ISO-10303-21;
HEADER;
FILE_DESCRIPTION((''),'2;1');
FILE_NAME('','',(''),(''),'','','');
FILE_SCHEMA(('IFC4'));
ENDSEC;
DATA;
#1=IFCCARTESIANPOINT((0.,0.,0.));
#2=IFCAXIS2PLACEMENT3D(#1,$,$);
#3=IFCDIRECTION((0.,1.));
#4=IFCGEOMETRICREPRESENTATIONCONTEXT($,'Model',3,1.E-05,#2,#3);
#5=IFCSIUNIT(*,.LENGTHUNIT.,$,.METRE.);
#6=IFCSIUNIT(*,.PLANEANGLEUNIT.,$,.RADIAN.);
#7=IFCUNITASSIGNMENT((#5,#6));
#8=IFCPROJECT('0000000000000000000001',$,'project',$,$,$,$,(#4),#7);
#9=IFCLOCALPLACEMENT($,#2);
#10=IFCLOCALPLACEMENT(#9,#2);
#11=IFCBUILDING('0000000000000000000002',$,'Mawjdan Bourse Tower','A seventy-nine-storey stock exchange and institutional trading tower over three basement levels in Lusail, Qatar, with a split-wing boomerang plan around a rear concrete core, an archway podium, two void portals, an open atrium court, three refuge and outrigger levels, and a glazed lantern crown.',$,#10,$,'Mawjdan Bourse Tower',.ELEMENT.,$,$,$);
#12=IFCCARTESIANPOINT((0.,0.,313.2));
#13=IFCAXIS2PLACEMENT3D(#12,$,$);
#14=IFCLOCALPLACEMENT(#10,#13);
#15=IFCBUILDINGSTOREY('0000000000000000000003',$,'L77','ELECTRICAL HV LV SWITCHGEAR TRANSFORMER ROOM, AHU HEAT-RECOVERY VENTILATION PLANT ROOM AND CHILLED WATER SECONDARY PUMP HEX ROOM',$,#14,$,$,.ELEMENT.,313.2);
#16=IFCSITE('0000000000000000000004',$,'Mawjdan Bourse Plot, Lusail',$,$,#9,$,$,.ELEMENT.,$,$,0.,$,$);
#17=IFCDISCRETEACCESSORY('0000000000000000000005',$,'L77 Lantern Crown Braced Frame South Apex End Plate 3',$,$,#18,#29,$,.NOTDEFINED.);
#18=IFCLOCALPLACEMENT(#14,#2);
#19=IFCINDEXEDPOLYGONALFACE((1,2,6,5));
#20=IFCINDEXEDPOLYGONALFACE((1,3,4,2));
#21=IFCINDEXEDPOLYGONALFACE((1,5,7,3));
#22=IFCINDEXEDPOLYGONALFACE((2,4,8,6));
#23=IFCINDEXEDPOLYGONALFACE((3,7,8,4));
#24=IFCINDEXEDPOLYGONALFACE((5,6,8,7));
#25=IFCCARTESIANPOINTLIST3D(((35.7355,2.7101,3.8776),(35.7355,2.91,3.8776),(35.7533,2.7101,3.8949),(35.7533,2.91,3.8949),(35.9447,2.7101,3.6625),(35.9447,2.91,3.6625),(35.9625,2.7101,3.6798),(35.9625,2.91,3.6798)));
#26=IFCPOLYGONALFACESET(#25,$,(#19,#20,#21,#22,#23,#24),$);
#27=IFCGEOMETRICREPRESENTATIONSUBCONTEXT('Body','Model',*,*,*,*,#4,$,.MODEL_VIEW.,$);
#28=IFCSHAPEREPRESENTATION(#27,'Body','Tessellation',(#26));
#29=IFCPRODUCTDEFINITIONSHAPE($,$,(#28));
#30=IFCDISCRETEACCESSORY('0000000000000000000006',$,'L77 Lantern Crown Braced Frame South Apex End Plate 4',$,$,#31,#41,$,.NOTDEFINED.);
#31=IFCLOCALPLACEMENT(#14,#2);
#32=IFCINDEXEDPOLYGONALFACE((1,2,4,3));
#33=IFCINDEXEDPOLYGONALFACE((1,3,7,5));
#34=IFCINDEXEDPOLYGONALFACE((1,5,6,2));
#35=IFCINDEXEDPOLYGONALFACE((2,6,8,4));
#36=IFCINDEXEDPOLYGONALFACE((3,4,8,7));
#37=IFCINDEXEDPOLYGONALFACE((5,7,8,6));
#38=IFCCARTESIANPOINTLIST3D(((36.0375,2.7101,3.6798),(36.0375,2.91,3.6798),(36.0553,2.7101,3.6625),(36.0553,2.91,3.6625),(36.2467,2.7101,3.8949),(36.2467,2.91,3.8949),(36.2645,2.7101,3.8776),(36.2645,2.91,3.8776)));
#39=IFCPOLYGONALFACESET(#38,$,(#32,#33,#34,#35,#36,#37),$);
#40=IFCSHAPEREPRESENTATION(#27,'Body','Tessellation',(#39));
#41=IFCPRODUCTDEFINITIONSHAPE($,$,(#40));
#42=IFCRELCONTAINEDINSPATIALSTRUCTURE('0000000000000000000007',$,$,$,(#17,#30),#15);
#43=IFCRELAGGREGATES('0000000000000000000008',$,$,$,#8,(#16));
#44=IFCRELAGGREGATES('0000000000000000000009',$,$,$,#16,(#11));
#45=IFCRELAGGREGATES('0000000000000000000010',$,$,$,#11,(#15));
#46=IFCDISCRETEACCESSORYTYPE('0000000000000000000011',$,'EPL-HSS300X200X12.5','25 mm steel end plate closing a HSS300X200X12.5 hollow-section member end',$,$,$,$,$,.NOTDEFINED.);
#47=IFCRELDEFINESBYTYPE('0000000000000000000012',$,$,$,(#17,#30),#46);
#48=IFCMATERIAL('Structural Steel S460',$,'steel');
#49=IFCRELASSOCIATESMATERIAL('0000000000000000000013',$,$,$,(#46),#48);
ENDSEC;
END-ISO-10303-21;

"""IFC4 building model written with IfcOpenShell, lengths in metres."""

from ifc_helpers import new_model, si_unit, direction, frame, origin, origin_2d, place, context, subcontext, project, spatial, rectangle, extrude, material, material_profile, profile_set, type_object, element, save


model = new_model("IFC4")

# Units and contexts
model_context = context("Model", 3, precision=1e-05, world=origin(), true_north=direction((0.0, 1.0)))
body_context = subcontext(model_context, "Body", "Model", "MODEL_VIEW")
ifc_project = project(units=[si_unit("LENGTHUNIT", "METRE"), si_unit("PLANEANGLEUNIT", "RADIAN")], contexts=[model_context])

# Site, building, storey
site_placement = place(None, origin())
site = spatial("IfcSite", under=ifc_project, at=site_placement, Name="Mawjdan Bourse Plot, Lusail", CompositionType="ELEMENT", RefElevation=0.0)
building_placement = place(site_placement, origin())
building = spatial("IfcBuilding", under=site, at=building_placement, Name="Mawjdan Bourse Tower", Description="A seventy-nine-storey stock exchange and institutional trading tower over three basement levels in Lusail, Qatar, with a split-wing boomerang plan around a rear concrete core, an archway podium, two void portals, an open atrium court, three refuge and outrigger levels, and a glazed lantern crown.", LongName="Mawjdan Bourse Tower", CompositionType="ELEMENT")
storey_placement = place(building_placement, frame((0.0, 0.0, 313.2)))
storey = spatial("IfcBuildingStorey", under=building, at=storey_placement, Name="L77", Description="ELECTRICAL HV LV SWITCHGEAR TRANSFORMER ROOM, AHU HEAT-RECOVERY VENTILATION PLANT ROOM AND CHILLED WATER SECONDARY PUMP HEX ROOM", CompositionType="ELEMENT", Elevation=313.2)

# Shared definitions
ifc_material_1 = material(Name="Structural Steel S460", Category="steel")

# Discrete accessories
ifc_material_profile_1 = material_profile(ifc_material_1, rectangle(XDim=0.2, YDim=0.3, at=origin_2d()), Name="EPL-HSS300X200X12.5")
ifc_profile_set_1 = profile_set([ifc_material_profile_1], Name="Structural Steel S460")
discrete_accessory_type = type_object("IfcDiscreteAccessoryType", Name="EPL-HSS300X200X12.5", Description="25 mm steel end plate closing a HSS300X200X12.5 hollow-section member end", PredefinedType="NOTDEFINED", material=ifc_profile_set_1)
for number, where, z_axis, x_axis, name in (
    (1, (35.8401, 2.8101, 3.77), (0.716859, 0.0, 0.697219), (0.0, 1.0, 0.0), "L77 Lantern Crown Braced Frame South Apex End Plate 3"),
    (2, (36.1599, 2.8101, 3.77), (-0.716859, 0.0, 0.697219), (0.0, -1.0, 0.0), "L77 Lantern Crown Braced Frame South Apex End Plate 4"),
):
    element("IfcDiscreteAccessory", number, at=place(storey_placement, frame(where, z_axis=z_axis, x_axis=x_axis)), inside=storey, type_object=discrete_accessory_type, Name=name, PredefinedType="NOTDEFINED", context=body_context, shape_type="SweptSolid", body=[
        extrude(rectangle(XDim=0.2, YDim=0.3, at=origin_2d()), origin(), (0.0, 0.0, 1.0), 0.0249),
    ])

save(model, "model.ifc")
